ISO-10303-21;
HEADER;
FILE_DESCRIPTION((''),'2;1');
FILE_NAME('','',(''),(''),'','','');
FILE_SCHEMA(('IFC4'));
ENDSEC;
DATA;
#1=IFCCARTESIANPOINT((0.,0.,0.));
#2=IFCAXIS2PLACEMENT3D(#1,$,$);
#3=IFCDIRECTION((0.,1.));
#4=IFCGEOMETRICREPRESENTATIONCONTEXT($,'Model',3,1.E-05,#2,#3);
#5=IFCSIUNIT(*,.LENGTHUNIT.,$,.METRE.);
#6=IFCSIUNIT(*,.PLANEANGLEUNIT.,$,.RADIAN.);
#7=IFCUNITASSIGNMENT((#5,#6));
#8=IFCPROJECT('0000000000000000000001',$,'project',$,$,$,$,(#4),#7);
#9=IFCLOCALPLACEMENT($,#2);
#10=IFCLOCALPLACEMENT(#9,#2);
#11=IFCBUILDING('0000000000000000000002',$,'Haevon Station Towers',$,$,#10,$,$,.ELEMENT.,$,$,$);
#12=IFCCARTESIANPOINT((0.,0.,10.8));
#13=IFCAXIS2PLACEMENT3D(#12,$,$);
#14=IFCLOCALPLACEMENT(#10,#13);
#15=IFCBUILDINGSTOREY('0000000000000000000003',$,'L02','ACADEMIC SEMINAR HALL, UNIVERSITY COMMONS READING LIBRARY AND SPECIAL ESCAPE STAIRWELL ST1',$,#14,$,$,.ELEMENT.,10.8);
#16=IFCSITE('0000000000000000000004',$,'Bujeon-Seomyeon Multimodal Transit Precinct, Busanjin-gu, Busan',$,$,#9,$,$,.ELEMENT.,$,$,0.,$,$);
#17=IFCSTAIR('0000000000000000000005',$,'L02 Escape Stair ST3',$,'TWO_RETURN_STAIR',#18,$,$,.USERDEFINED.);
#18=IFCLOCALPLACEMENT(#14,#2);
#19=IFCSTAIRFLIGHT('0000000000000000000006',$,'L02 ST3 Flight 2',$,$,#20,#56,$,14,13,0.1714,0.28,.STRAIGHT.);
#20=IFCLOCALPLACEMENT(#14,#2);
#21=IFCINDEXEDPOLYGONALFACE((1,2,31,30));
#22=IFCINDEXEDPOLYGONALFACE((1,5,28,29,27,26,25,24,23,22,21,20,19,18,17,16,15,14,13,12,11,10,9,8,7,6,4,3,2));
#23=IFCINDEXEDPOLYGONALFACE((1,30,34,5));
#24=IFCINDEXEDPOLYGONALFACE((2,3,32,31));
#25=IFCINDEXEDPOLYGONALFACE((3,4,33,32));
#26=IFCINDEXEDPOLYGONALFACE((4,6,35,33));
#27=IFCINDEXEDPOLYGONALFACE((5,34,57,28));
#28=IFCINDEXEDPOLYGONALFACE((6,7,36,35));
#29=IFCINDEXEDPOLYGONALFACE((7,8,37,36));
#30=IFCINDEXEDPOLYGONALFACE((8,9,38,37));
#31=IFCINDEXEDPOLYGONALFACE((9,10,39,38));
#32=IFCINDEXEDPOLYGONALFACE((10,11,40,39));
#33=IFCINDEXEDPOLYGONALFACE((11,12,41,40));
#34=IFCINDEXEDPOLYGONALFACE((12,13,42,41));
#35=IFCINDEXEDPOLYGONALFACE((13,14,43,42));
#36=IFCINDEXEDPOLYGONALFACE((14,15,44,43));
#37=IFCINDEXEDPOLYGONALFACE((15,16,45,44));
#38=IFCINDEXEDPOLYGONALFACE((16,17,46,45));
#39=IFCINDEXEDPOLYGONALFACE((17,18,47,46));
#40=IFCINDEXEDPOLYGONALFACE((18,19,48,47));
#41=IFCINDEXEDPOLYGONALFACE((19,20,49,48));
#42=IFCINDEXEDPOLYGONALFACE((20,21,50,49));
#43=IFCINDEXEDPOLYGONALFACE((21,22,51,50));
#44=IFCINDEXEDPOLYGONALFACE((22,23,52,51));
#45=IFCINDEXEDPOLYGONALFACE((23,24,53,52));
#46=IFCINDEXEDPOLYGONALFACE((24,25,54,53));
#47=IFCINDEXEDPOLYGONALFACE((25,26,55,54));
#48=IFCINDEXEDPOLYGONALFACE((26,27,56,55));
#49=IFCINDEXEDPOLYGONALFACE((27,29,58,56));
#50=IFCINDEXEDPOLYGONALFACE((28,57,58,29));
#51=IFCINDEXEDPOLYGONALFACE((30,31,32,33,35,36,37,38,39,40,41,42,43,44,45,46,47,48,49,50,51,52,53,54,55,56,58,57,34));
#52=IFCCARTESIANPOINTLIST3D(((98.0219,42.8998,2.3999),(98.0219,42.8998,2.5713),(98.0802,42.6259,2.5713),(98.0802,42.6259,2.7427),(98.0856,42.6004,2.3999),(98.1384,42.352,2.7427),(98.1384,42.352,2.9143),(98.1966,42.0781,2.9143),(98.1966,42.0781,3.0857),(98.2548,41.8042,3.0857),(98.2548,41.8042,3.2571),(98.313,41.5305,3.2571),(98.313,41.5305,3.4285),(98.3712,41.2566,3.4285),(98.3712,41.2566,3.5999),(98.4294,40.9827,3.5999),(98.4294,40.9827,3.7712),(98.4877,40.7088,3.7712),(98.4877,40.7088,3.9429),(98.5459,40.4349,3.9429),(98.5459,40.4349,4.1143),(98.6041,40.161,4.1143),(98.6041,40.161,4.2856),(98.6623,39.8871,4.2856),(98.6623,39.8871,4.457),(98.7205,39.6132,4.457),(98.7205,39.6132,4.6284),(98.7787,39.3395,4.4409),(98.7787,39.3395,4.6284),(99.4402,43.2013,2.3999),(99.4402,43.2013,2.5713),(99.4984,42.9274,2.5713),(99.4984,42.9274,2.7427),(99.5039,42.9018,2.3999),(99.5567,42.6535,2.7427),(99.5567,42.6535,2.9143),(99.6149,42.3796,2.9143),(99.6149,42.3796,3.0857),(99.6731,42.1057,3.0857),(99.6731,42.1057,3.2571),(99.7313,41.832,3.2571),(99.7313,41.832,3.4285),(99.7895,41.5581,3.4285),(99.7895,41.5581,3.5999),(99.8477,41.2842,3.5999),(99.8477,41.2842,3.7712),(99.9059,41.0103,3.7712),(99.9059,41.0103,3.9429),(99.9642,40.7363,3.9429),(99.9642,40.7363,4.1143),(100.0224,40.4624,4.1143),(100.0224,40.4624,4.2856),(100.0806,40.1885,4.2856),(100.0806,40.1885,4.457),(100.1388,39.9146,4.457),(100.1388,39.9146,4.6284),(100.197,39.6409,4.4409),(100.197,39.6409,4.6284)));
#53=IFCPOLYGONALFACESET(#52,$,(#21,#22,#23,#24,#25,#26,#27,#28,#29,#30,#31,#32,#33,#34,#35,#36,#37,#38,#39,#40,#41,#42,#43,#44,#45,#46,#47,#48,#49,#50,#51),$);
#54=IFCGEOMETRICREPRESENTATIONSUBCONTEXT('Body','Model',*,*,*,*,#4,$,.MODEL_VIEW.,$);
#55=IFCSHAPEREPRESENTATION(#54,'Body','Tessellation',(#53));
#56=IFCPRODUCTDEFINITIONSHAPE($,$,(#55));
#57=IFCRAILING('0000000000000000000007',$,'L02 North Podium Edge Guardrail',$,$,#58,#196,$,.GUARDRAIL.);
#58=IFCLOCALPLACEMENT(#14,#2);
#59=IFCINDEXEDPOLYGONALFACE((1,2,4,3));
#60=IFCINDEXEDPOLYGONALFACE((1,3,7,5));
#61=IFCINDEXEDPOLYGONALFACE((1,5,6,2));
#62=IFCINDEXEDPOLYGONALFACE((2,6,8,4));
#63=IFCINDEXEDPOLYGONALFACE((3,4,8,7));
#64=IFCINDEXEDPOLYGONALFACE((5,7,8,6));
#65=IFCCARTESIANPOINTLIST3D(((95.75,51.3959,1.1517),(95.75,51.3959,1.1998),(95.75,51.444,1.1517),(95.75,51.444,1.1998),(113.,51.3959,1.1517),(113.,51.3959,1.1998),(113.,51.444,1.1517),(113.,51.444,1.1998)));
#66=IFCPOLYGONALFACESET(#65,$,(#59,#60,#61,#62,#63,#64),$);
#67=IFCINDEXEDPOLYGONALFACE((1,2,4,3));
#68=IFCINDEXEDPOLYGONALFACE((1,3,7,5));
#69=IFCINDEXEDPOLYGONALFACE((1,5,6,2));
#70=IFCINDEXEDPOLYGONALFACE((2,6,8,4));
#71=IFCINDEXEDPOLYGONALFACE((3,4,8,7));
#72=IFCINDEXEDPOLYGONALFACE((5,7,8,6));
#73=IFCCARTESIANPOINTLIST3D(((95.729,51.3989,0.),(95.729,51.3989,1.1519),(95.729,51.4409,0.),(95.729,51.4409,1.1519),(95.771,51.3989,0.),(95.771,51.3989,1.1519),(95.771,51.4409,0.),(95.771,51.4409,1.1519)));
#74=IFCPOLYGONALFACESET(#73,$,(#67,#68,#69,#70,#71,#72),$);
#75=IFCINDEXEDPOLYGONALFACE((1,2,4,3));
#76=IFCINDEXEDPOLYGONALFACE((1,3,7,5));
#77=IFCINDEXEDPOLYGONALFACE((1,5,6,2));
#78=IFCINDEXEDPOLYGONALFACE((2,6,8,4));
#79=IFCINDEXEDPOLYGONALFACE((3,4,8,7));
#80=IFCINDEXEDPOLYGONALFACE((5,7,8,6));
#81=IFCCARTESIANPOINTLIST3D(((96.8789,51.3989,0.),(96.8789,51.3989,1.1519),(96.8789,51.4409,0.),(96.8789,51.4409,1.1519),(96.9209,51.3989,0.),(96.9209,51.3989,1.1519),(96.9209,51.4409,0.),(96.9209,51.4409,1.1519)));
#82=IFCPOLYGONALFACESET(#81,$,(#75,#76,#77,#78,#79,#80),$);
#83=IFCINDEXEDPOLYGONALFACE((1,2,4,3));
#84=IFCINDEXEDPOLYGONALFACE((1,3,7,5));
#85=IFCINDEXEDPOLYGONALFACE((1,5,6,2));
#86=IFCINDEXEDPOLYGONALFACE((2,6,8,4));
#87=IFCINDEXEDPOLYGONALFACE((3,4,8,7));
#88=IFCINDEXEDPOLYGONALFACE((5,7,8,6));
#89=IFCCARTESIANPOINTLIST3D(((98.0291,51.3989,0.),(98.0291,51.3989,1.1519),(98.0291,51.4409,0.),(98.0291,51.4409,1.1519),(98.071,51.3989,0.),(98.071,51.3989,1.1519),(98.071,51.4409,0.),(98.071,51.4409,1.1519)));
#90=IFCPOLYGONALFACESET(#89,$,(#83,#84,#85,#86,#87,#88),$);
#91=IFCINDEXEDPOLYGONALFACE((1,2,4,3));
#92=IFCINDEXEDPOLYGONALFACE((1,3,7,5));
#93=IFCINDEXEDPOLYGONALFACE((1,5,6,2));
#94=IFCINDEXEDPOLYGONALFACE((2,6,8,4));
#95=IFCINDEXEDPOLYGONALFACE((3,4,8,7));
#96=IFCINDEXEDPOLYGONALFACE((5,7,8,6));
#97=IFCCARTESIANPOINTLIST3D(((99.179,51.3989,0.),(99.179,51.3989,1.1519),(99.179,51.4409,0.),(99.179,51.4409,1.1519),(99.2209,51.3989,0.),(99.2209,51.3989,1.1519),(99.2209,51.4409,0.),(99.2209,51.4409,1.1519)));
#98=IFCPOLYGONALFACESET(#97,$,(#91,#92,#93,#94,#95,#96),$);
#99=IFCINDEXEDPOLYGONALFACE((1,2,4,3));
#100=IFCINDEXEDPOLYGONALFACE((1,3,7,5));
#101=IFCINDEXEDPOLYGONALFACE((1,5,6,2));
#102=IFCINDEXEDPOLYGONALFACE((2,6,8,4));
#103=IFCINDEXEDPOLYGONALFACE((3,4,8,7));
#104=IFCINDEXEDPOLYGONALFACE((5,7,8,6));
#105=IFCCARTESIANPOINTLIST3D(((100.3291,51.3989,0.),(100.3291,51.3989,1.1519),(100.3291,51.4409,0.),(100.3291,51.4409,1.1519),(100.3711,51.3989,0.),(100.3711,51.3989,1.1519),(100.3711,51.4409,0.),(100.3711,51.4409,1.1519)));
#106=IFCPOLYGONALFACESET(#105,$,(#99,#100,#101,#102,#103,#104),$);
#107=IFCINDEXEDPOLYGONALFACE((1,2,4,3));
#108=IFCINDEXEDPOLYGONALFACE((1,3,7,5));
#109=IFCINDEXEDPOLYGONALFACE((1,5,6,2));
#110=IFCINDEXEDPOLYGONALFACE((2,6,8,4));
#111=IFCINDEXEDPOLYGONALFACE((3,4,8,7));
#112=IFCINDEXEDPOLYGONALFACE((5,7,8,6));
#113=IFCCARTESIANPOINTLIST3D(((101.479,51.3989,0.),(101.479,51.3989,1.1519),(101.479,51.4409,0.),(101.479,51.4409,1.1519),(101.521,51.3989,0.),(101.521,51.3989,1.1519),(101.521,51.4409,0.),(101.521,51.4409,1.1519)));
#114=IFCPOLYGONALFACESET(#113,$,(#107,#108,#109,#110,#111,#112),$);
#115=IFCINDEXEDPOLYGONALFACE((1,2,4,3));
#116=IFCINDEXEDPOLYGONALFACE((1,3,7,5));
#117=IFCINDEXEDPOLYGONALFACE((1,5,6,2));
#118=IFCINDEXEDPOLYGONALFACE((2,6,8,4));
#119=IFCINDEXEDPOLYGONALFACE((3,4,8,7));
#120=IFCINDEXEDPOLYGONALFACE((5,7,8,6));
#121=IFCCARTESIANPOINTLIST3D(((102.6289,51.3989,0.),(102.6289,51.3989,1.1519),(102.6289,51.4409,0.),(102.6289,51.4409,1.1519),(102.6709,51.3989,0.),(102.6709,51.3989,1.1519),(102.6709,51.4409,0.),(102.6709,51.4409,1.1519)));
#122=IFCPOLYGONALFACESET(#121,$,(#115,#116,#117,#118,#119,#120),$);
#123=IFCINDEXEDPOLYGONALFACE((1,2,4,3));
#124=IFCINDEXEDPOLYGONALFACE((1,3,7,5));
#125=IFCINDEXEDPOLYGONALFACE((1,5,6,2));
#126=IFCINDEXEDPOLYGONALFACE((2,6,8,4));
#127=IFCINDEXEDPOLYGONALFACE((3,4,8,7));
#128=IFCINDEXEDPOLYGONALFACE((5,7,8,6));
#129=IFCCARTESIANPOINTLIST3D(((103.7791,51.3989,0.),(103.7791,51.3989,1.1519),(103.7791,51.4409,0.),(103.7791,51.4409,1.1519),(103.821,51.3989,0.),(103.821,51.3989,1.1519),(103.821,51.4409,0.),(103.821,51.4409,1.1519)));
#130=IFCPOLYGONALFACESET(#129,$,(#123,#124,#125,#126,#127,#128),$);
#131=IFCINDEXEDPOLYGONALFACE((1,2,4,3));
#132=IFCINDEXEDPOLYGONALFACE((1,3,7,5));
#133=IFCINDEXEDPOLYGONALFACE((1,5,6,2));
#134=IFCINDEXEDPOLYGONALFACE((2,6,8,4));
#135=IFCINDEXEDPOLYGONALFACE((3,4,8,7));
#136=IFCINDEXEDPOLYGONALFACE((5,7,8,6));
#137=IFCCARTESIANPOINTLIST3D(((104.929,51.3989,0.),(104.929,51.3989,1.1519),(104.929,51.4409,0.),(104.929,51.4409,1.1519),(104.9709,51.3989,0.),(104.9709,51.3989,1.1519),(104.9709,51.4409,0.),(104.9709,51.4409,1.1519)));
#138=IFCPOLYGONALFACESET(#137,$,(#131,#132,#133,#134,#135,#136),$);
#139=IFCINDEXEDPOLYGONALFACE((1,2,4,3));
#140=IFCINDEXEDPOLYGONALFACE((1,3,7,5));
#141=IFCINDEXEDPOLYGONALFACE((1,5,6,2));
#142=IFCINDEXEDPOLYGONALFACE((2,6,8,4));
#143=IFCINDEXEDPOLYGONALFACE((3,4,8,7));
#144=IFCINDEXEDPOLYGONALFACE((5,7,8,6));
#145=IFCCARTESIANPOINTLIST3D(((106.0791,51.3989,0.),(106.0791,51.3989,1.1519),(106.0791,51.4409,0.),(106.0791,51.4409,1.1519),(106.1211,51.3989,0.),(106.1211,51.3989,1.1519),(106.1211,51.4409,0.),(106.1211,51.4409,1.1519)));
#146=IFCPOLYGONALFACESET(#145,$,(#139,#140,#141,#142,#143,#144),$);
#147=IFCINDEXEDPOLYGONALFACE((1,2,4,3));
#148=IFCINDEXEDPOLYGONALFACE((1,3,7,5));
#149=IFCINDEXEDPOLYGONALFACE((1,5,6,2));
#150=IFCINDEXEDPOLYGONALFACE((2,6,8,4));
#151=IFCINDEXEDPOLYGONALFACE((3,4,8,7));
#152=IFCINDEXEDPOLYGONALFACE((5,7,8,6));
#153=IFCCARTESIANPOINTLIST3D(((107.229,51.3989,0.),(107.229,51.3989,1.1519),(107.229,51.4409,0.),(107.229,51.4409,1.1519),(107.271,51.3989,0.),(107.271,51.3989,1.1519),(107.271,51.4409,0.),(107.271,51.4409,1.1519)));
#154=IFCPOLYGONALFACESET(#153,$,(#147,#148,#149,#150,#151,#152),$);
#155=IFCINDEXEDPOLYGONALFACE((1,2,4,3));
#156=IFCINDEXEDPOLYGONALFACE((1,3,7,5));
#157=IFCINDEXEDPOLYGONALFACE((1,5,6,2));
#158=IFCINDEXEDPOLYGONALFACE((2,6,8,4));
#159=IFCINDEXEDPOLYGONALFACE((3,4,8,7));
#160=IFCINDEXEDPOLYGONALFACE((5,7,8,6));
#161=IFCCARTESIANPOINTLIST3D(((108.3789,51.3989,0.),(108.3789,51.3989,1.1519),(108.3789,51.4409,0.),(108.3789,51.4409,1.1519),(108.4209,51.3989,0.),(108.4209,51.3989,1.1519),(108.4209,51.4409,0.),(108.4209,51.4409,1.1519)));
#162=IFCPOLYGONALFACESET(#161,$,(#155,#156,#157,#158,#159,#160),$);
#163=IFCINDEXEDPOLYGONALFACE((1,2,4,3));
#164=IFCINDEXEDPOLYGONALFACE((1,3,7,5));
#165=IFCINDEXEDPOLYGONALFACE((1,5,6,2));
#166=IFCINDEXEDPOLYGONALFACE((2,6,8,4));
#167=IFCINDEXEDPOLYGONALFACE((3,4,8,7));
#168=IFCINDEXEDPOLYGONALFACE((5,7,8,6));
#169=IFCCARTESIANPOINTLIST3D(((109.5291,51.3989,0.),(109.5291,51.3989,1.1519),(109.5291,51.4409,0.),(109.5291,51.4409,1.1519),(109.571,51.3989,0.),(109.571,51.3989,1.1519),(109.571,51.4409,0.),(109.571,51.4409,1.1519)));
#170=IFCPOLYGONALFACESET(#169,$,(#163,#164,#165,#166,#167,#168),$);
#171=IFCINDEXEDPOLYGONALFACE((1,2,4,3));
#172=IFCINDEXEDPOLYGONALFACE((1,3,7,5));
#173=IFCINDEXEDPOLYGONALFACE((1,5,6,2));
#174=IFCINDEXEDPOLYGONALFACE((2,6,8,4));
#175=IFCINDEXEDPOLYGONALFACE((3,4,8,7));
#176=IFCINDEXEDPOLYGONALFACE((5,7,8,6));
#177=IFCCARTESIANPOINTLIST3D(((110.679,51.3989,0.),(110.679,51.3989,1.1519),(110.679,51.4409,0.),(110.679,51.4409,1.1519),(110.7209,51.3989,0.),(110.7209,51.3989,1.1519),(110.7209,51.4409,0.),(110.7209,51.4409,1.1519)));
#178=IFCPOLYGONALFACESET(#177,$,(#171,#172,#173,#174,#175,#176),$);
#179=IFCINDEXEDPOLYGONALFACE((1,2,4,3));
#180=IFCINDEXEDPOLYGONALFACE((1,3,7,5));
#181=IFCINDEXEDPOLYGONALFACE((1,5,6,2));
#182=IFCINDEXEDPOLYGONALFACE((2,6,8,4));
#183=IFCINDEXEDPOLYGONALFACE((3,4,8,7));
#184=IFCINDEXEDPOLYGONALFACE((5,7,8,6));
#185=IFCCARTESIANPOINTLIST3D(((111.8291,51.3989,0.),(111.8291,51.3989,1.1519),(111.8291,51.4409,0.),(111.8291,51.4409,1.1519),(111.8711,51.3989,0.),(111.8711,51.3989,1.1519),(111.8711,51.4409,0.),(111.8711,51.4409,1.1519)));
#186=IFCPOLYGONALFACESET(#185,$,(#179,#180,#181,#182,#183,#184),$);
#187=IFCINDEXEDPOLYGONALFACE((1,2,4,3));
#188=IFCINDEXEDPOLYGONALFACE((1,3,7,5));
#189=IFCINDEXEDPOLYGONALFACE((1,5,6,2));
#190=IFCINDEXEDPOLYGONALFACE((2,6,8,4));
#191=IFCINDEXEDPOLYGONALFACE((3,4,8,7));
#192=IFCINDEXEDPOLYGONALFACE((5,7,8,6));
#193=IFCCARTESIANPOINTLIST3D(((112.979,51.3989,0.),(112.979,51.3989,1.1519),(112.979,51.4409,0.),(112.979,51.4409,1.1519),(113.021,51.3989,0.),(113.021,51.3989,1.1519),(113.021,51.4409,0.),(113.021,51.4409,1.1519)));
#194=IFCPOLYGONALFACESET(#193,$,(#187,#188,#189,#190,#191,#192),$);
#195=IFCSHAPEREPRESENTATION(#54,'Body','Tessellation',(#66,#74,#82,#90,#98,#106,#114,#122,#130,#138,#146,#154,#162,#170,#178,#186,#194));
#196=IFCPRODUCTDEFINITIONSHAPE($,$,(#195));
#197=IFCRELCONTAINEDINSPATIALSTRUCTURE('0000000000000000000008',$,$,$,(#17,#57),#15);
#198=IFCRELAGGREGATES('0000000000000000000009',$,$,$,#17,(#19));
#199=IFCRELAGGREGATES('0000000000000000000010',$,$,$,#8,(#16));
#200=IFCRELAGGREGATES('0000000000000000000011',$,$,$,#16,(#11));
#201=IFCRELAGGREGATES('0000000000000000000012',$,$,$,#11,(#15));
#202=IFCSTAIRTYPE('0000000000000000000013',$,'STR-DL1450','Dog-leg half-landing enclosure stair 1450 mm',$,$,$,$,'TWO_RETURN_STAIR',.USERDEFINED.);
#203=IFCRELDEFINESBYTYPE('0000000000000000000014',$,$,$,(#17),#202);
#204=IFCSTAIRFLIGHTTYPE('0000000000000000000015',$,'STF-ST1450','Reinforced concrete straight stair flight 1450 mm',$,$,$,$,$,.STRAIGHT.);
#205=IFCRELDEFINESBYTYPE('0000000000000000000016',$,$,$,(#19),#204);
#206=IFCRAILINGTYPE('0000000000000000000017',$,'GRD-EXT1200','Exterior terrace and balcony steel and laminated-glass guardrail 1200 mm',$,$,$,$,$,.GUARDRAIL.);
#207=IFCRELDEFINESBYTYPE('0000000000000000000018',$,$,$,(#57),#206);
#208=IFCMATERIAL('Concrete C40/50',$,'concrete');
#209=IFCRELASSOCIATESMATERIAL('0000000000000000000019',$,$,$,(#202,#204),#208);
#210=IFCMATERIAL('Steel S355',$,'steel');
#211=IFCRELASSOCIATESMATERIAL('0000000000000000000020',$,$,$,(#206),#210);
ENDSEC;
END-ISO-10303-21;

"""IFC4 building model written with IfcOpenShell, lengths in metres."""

from ifc_helpers import new_model, si_unit, direction, frame, origin, origin_2d, place, context, subcontext, project, spatial, polyline, rectangle, outline, extrude, material, type_object, element, aggregate, save


model = new_model("IFC4")

# Units and contexts
model_context = context("Model", 3, precision=1e-05, world=origin(), true_north=direction((0.0, 1.0)))
body_context = subcontext(model_context, "Body", "Model", "MODEL_VIEW")
ifc_project = project(units=[si_unit("LENGTHUNIT", "METRE"), si_unit("PLANEANGLEUNIT", "RADIAN")], contexts=[model_context])

# Site, building, storey
site_placement = place(None, origin())
site = spatial("IfcSite", under=ifc_project, at=site_placement, Name="Bujeon-Seomyeon Multimodal Transit Precinct, Busanjin-gu, Busan", CompositionType="ELEMENT", RefElevation=0.0)
building_placement = place(site_placement, origin())
building = spatial("IfcBuilding", under=site, at=building_placement, Name="Haevon Station Towers", CompositionType="ELEMENT")
storey_placement = place(building_placement, frame((0.0, 0.0, 10.8)))
storey = spatial("IfcBuildingStorey", under=building, at=storey_placement, Name="L02", Description="ACADEMIC SEMINAR HALL, UNIVERSITY COMMONS READING LIBRARY AND SPECIAL ESCAPE STAIRWELL ST1", CompositionType="ELEMENT", Elevation=10.8)

# Shared definitions
ifc_material_1 = material(Name="Steel S355", Category="steel")

# Stair, stair flight
ifc_material_2 = material(Name="Concrete C40/50", Category="concrete")
stair_type = type_object("IfcStairType", Name="STR-DL1450", Description="Dog-leg half-landing enclosure stair 1450 mm", ElementType="TWO_RETURN_STAIR", PredefinedType="USERDEFINED", material=ifc_material_2)
stair_placement = place(storey_placement, origin())
stair = element("IfcStair", 1, at=stair_placement, inside=storey, type_object=stair_type, Name="L02 Escape Stair ST3", ObjectType="TWO_RETURN_STAIR", PredefinedType="USERDEFINED")
stair_flight_type = type_object("IfcStairFlightType", Name="STF-ST1450", Description="Reinforced concrete straight stair flight 1450 mm", PredefinedType="STRAIGHT", material=ifc_material_2)
stair_flight_placement = place(storey_placement, frame((98.731, 43.0505, 2.3999), z_axis=(0.0, 0.0, 1.0), x_axis=(0.207912, -0.978148, 0.0)))
stair_flight = element("IfcStairFlight", 2, at=stair_flight_placement, type_object=stair_flight_type, Name="L02 ST3 Flight 2", NumberOfRisers=14, NumberOfTreads=13, PredefinedType="STRAIGHT", RiserHeight=0.1714, TreadLength=0.28, context=body_context, shape_type="SweptSolid", body=[
    extrude(outline(polyline([(0.0, 0.0), (0.0, 0.1714), (0.28, 0.1714), (0.28, 0.3428), (0.5601, 0.3428), (0.5601, 0.5144), (0.8401, 0.5144), (0.8401, 0.6858), (1.1201, 0.6858), (1.1201, 0.8572), (1.3999, 0.8572), (1.3999, 1.0286), (1.6799, 1.0286), (1.6799, 1.2), (1.96, 1.2), (1.96, 1.3713), (2.24, 1.3713), (2.24, 1.543), (2.52, 1.543), (2.52, 1.7144), (2.8, 1.7144), (2.8, 1.8857), (3.0801, 1.8857), (3.0801, 2.0571), (3.3601, 2.0571), (3.3601, 2.2285), (3.6399, 2.2285), (3.6399, 2.3999), (3.6399, 2.041), (0.3062, 0.0), (0.0, 0.0)])), frame((0.0, 0.7251, 0.0), z_axis=(0.0, -1.0, 0.0), x_axis=(1.0, 0.0, 0.0)), (0.0, 0.0, 1.0), 1.45),
])
aggregate(stair, [stair_flight])

# Railing
railing_type_1 = type_object("IfcRailingType", Name="GRD-EXT1200", Description="Exterior terrace and balcony steel and laminated-glass guardrail 1200 mm", PredefinedType="GUARDRAIL", material=ifc_material_1)
railing_1_placement = place(storey_placement, frame((95.75, 51.4199, 0.0)))
element("IfcRailing", 3, at=railing_1_placement, inside=storey, type_object=railing_type_1, Name="L02 North Podium Edge Guardrail", PredefinedType="GUARDRAIL", context=body_context, shape_type="SweptSolid", body=[
    extrude(rectangle(XDim=0.0481, YDim=0.0481, at=origin_2d()), frame((0.0, 0.0, 1.1758), z_axis=(1.0, 0.0, 0.0), x_axis=(0.0, 1.0, 0.0)), (0.0, 0.0, 1.0), 17.25),
    extrude(rectangle(XDim=0.042, YDim=0.042, at=origin_2d()), origin(), (0.0, 0.0, 1.0), 1.1519),
    extrude(rectangle(XDim=0.042, YDim=0.042, at=origin_2d()), frame((1.1499, 0.0, 0.0)), (0.0, 0.0, 1.0), 1.1519),
    extrude(rectangle(XDim=0.042, YDim=0.042, at=origin_2d()), frame((2.3, 0.0, 0.0)), (0.0, 0.0, 1.0), 1.1519),
    extrude(rectangle(XDim=0.042, YDim=0.042, at=origin_2d()), frame((3.45, 0.0, 0.0)), (0.0, 0.0, 1.0), 1.1519),
    extrude(rectangle(XDim=0.042, YDim=0.042, at=origin_2d()), frame((4.6001, 0.0, 0.0)), (0.0, 0.0, 1.0), 1.1519),
    extrude(rectangle(XDim=0.042, YDim=0.042, at=origin_2d()), frame((5.75, 0.0, 0.0)), (0.0, 0.0, 1.0), 1.1519),
    extrude(rectangle(XDim=0.042, YDim=0.042, at=origin_2d()), frame((6.8999, 0.0, 0.0)), (0.0, 0.0, 1.0), 1.1519),
    extrude(rectangle(XDim=0.042, YDim=0.042, at=origin_2d()), frame((8.05, 0.0, 0.0)), (0.0, 0.0, 1.0), 1.1519),
    extrude(rectangle(XDim=0.042, YDim=0.042, at=origin_2d()), frame((9.2, 0.0, 0.0)), (0.0, 0.0, 1.0), 1.1519),
    extrude(rectangle(XDim=0.042, YDim=0.042, at=origin_2d()), frame((10.3501, 0.0, 0.0)), (0.0, 0.0, 1.0), 1.1519),
    extrude(rectangle(XDim=0.042, YDim=0.042, at=origin_2d()), frame((11.5, 0.0, 0.0)), (0.0, 0.0, 1.0), 1.1519),
    extrude(rectangle(XDim=0.042, YDim=0.042, at=origin_2d()), frame((12.6499, 0.0, 0.0)), (0.0, 0.0, 1.0), 1.1519),
    extrude(rectangle(XDim=0.042, YDim=0.042, at=origin_2d()), frame((13.8, 0.0, 0.0)), (0.0, 0.0, 1.0), 1.1519),
    extrude(rectangle(XDim=0.042, YDim=0.042, at=origin_2d()), frame((14.95, 0.0, 0.0)), (0.0, 0.0, 1.0), 1.1519),
    extrude(rectangle(XDim=0.042, YDim=0.042, at=origin_2d()), frame((16.1001, 0.0, 0.0)), (0.0, 0.0, 1.0), 1.1519),
    extrude(rectangle(XDim=0.042, YDim=0.042, at=origin_2d()), frame((17.25, 0.0, 0.0)), (0.0, 0.0, 1.0), 1.1519),
])

save(model, "model.ifc")
